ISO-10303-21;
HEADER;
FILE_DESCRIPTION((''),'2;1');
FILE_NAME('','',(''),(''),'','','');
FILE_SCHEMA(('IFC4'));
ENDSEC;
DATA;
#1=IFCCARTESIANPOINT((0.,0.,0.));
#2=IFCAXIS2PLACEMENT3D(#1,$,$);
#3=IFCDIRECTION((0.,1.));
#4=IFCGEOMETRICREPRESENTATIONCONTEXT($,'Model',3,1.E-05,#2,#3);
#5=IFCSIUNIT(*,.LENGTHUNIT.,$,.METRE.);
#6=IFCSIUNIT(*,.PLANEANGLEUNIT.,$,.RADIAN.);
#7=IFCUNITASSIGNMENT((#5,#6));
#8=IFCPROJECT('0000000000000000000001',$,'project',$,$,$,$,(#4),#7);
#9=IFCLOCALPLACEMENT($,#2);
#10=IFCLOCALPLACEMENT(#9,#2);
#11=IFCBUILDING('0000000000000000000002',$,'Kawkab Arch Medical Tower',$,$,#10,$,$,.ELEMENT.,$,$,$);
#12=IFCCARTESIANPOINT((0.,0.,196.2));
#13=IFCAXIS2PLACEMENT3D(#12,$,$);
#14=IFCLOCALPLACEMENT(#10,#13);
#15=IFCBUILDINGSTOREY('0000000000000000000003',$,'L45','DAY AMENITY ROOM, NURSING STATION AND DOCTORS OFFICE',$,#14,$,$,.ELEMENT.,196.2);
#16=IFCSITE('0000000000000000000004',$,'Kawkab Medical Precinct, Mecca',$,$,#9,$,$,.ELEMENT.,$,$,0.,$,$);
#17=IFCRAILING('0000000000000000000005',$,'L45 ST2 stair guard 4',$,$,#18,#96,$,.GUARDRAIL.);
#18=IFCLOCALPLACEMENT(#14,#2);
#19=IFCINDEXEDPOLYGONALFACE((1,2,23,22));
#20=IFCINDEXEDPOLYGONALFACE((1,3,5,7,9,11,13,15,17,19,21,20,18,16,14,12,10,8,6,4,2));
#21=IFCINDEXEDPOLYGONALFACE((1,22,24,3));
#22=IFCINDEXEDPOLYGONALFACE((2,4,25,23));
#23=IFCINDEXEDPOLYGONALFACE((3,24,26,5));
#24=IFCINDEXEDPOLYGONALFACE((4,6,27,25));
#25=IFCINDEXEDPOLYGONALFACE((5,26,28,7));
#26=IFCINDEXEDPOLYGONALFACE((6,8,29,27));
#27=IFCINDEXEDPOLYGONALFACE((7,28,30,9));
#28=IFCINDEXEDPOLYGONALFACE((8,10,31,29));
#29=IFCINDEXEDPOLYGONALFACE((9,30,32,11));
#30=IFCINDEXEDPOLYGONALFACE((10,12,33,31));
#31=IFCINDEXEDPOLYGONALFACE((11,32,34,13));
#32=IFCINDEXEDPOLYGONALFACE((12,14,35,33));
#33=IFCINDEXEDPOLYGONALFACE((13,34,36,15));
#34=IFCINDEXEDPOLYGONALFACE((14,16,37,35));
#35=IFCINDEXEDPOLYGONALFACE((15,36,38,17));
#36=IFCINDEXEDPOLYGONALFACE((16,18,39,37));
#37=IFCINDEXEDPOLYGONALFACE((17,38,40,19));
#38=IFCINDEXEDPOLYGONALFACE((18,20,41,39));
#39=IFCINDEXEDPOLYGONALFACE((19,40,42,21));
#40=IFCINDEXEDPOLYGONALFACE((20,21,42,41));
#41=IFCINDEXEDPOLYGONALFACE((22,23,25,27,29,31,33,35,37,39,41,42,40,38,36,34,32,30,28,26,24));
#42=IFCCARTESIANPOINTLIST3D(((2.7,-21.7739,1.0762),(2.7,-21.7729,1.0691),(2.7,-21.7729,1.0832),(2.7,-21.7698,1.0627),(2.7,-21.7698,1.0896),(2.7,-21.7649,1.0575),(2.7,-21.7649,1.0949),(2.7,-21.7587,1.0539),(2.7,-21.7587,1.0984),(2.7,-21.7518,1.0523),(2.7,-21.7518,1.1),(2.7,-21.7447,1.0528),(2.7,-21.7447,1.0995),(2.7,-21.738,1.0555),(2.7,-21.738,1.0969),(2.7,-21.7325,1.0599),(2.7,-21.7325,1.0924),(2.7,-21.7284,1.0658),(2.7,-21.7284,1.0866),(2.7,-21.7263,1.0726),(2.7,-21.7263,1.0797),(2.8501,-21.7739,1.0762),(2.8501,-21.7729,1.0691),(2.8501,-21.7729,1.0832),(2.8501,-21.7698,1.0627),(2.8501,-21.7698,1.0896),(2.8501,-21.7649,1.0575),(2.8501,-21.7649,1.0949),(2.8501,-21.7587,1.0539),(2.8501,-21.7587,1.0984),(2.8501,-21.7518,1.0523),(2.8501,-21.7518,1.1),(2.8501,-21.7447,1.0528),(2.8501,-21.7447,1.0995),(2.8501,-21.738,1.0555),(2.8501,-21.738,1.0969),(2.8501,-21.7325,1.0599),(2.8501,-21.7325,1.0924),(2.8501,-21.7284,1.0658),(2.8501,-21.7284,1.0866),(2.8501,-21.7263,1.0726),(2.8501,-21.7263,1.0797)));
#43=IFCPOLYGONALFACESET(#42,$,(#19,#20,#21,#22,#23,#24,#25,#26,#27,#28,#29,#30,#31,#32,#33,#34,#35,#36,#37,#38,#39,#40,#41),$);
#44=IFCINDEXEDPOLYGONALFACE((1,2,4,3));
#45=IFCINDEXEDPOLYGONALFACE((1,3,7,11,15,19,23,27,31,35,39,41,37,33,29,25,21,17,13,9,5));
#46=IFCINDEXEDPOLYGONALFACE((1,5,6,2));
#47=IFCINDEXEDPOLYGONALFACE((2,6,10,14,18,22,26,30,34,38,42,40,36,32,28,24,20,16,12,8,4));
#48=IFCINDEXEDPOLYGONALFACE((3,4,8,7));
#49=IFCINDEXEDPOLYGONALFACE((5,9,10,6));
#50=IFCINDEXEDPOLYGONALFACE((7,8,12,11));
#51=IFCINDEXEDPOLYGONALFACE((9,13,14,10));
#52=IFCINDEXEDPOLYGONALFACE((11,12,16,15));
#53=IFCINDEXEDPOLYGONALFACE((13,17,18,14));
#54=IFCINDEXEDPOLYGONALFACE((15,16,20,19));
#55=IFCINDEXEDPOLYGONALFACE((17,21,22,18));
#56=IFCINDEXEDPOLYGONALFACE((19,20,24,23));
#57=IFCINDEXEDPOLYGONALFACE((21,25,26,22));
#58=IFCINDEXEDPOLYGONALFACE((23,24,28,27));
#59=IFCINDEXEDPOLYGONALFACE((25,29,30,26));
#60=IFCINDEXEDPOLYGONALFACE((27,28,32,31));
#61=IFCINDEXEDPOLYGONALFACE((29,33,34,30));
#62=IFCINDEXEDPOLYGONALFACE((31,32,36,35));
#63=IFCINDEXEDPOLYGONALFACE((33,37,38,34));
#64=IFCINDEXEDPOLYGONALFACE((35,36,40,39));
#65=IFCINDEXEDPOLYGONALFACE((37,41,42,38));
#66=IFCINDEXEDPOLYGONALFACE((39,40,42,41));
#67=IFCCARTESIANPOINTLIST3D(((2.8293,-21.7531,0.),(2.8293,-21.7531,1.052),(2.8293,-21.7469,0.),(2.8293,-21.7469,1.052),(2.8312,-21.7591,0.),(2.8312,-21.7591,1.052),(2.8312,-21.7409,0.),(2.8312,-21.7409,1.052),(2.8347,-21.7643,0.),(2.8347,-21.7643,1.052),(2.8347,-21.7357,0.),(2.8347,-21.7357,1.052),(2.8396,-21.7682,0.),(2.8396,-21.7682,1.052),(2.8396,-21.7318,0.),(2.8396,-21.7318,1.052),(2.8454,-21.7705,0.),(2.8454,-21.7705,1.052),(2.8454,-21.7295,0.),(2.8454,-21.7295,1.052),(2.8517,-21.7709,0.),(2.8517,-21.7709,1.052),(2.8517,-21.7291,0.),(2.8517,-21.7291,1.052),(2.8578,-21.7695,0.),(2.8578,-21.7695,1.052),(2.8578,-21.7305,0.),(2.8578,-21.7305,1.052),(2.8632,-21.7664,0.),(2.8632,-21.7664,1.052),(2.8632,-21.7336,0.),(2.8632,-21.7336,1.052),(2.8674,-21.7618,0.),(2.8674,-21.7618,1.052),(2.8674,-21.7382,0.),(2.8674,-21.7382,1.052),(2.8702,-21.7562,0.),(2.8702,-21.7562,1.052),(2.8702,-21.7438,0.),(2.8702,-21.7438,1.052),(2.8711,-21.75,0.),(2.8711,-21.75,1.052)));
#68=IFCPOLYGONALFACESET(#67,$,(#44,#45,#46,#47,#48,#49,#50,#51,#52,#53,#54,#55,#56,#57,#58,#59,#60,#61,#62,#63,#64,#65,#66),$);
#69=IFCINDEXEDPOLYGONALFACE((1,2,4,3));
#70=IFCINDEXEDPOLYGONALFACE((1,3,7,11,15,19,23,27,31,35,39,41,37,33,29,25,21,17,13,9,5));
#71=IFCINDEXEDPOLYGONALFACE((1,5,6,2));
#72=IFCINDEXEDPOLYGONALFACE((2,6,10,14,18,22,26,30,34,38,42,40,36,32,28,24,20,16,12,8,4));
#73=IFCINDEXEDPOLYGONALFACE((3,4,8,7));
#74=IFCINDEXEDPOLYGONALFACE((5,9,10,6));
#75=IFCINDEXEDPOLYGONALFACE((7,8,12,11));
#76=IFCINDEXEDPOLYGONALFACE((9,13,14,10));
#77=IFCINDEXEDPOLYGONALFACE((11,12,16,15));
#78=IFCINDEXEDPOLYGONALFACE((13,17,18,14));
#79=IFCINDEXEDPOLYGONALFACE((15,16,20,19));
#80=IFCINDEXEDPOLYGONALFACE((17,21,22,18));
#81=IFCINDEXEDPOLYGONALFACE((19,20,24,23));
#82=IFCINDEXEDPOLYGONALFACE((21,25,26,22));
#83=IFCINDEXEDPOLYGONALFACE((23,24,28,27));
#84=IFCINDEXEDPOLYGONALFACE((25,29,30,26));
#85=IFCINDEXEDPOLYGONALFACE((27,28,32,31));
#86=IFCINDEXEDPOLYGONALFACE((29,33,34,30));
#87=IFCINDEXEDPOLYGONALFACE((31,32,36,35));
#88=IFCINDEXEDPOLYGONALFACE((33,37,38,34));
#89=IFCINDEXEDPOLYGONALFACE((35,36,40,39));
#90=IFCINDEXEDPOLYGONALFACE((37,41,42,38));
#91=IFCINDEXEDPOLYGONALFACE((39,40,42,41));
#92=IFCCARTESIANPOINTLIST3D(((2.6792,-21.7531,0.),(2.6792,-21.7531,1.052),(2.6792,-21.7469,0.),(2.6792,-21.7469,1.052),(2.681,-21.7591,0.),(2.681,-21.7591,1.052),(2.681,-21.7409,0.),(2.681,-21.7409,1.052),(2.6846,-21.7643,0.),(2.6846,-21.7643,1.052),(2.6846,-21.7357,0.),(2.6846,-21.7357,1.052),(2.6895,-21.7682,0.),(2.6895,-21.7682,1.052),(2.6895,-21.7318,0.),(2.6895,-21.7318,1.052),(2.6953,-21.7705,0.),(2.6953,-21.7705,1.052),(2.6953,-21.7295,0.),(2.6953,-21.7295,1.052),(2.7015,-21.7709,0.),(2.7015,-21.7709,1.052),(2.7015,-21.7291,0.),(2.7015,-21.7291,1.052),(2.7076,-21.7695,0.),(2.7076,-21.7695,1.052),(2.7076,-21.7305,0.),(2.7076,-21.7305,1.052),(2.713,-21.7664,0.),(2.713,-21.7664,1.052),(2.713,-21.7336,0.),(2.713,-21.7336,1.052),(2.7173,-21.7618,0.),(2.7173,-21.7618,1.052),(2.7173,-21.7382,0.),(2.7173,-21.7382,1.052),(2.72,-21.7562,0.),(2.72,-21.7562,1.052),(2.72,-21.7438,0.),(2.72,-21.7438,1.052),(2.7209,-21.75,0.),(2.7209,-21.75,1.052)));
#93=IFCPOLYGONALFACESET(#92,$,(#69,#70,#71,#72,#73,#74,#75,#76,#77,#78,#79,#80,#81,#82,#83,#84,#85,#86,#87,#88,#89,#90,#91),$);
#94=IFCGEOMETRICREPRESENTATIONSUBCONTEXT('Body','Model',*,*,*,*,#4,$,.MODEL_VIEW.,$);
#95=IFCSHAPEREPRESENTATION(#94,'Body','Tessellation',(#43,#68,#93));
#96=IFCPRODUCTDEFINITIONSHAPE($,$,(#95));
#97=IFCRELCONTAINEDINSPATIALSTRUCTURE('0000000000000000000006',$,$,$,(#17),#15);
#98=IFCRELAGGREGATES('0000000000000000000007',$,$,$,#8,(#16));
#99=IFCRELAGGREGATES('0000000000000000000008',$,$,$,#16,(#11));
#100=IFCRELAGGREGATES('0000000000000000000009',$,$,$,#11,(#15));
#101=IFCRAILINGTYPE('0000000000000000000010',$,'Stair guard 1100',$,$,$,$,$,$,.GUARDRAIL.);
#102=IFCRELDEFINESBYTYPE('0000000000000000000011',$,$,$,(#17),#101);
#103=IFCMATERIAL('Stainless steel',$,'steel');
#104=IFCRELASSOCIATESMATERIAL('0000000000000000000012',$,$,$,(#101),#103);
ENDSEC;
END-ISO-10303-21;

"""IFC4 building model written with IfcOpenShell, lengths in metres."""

from ifc_helpers import new_model, si_unit, direction, frame, origin, origin_2d, place, context, subcontext, project, spatial, circle, extrude, material, type_object, element, save


model = new_model("IFC4")

# Units and contexts
model_context = context("Model", 3, precision=1e-05, world=origin(), true_north=direction((0.0, 1.0)))
body_context = subcontext(model_context, "Body", "Model", "MODEL_VIEW")
ifc_project = project(units=[si_unit("LENGTHUNIT", "METRE"), si_unit("PLANEANGLEUNIT", "RADIAN")], contexts=[model_context])

# Site, building, storey
site_placement = place(None, origin())
site = spatial("IfcSite", under=ifc_project, at=site_placement, Name="Kawkab Medical Precinct, Mecca", CompositionType="ELEMENT", RefElevation=0.0)
building_placement = place(site_placement, origin())
building = spatial("IfcBuilding", under=site, at=building_placement, Name="Kawkab Arch Medical Tower", CompositionType="ELEMENT")
storey_placement = place(building_placement, frame((0.0, 0.0, 196.2)))
storey = spatial("IfcBuildingStorey", under=building, at=storey_placement, Name="L45", Description="DAY AMENITY ROOM, NURSING STATION AND DOCTORS OFFICE", CompositionType="ELEMENT", Elevation=196.2)

# Railing
ifc_material_1 = material(Name="Stainless steel", Category="steel")
railing_type = type_object("IfcRailingType", Name="Stair guard 1100", PredefinedType="GUARDRAIL", material=ifc_material_1)
railing_1_placement = place(storey_placement, frame((2.8501, -21.75, 0.0)))
element("IfcRailing", 1, at=railing_1_placement, inside=storey, type_object=railing_type, Name="L45 ST2 stair guard 4", PredefinedType="GUARDRAIL", context=body_context, shape_type="SweptSolid", body=[
    extrude(circle(Radius=0.0239, at=origin_2d()), frame((0.0, 0.0, 1.0762), z_axis=(-1.0, 0.0, 0.0), x_axis=(0.0, -1.0, 0.0)), (0.0, 0.0, 1.0), 0.1501),
    extrude(circle(Radius=0.021, at=origin_2d()), origin(), (0.0, 0.0, 1.0), 1.052),
    extrude(circle(Radius=0.021, at=origin_2d()), frame((-0.1501, 0.0, 0.0)), (0.0, 0.0, 1.0), 1.052),
])

save(model, "model.ifc")
